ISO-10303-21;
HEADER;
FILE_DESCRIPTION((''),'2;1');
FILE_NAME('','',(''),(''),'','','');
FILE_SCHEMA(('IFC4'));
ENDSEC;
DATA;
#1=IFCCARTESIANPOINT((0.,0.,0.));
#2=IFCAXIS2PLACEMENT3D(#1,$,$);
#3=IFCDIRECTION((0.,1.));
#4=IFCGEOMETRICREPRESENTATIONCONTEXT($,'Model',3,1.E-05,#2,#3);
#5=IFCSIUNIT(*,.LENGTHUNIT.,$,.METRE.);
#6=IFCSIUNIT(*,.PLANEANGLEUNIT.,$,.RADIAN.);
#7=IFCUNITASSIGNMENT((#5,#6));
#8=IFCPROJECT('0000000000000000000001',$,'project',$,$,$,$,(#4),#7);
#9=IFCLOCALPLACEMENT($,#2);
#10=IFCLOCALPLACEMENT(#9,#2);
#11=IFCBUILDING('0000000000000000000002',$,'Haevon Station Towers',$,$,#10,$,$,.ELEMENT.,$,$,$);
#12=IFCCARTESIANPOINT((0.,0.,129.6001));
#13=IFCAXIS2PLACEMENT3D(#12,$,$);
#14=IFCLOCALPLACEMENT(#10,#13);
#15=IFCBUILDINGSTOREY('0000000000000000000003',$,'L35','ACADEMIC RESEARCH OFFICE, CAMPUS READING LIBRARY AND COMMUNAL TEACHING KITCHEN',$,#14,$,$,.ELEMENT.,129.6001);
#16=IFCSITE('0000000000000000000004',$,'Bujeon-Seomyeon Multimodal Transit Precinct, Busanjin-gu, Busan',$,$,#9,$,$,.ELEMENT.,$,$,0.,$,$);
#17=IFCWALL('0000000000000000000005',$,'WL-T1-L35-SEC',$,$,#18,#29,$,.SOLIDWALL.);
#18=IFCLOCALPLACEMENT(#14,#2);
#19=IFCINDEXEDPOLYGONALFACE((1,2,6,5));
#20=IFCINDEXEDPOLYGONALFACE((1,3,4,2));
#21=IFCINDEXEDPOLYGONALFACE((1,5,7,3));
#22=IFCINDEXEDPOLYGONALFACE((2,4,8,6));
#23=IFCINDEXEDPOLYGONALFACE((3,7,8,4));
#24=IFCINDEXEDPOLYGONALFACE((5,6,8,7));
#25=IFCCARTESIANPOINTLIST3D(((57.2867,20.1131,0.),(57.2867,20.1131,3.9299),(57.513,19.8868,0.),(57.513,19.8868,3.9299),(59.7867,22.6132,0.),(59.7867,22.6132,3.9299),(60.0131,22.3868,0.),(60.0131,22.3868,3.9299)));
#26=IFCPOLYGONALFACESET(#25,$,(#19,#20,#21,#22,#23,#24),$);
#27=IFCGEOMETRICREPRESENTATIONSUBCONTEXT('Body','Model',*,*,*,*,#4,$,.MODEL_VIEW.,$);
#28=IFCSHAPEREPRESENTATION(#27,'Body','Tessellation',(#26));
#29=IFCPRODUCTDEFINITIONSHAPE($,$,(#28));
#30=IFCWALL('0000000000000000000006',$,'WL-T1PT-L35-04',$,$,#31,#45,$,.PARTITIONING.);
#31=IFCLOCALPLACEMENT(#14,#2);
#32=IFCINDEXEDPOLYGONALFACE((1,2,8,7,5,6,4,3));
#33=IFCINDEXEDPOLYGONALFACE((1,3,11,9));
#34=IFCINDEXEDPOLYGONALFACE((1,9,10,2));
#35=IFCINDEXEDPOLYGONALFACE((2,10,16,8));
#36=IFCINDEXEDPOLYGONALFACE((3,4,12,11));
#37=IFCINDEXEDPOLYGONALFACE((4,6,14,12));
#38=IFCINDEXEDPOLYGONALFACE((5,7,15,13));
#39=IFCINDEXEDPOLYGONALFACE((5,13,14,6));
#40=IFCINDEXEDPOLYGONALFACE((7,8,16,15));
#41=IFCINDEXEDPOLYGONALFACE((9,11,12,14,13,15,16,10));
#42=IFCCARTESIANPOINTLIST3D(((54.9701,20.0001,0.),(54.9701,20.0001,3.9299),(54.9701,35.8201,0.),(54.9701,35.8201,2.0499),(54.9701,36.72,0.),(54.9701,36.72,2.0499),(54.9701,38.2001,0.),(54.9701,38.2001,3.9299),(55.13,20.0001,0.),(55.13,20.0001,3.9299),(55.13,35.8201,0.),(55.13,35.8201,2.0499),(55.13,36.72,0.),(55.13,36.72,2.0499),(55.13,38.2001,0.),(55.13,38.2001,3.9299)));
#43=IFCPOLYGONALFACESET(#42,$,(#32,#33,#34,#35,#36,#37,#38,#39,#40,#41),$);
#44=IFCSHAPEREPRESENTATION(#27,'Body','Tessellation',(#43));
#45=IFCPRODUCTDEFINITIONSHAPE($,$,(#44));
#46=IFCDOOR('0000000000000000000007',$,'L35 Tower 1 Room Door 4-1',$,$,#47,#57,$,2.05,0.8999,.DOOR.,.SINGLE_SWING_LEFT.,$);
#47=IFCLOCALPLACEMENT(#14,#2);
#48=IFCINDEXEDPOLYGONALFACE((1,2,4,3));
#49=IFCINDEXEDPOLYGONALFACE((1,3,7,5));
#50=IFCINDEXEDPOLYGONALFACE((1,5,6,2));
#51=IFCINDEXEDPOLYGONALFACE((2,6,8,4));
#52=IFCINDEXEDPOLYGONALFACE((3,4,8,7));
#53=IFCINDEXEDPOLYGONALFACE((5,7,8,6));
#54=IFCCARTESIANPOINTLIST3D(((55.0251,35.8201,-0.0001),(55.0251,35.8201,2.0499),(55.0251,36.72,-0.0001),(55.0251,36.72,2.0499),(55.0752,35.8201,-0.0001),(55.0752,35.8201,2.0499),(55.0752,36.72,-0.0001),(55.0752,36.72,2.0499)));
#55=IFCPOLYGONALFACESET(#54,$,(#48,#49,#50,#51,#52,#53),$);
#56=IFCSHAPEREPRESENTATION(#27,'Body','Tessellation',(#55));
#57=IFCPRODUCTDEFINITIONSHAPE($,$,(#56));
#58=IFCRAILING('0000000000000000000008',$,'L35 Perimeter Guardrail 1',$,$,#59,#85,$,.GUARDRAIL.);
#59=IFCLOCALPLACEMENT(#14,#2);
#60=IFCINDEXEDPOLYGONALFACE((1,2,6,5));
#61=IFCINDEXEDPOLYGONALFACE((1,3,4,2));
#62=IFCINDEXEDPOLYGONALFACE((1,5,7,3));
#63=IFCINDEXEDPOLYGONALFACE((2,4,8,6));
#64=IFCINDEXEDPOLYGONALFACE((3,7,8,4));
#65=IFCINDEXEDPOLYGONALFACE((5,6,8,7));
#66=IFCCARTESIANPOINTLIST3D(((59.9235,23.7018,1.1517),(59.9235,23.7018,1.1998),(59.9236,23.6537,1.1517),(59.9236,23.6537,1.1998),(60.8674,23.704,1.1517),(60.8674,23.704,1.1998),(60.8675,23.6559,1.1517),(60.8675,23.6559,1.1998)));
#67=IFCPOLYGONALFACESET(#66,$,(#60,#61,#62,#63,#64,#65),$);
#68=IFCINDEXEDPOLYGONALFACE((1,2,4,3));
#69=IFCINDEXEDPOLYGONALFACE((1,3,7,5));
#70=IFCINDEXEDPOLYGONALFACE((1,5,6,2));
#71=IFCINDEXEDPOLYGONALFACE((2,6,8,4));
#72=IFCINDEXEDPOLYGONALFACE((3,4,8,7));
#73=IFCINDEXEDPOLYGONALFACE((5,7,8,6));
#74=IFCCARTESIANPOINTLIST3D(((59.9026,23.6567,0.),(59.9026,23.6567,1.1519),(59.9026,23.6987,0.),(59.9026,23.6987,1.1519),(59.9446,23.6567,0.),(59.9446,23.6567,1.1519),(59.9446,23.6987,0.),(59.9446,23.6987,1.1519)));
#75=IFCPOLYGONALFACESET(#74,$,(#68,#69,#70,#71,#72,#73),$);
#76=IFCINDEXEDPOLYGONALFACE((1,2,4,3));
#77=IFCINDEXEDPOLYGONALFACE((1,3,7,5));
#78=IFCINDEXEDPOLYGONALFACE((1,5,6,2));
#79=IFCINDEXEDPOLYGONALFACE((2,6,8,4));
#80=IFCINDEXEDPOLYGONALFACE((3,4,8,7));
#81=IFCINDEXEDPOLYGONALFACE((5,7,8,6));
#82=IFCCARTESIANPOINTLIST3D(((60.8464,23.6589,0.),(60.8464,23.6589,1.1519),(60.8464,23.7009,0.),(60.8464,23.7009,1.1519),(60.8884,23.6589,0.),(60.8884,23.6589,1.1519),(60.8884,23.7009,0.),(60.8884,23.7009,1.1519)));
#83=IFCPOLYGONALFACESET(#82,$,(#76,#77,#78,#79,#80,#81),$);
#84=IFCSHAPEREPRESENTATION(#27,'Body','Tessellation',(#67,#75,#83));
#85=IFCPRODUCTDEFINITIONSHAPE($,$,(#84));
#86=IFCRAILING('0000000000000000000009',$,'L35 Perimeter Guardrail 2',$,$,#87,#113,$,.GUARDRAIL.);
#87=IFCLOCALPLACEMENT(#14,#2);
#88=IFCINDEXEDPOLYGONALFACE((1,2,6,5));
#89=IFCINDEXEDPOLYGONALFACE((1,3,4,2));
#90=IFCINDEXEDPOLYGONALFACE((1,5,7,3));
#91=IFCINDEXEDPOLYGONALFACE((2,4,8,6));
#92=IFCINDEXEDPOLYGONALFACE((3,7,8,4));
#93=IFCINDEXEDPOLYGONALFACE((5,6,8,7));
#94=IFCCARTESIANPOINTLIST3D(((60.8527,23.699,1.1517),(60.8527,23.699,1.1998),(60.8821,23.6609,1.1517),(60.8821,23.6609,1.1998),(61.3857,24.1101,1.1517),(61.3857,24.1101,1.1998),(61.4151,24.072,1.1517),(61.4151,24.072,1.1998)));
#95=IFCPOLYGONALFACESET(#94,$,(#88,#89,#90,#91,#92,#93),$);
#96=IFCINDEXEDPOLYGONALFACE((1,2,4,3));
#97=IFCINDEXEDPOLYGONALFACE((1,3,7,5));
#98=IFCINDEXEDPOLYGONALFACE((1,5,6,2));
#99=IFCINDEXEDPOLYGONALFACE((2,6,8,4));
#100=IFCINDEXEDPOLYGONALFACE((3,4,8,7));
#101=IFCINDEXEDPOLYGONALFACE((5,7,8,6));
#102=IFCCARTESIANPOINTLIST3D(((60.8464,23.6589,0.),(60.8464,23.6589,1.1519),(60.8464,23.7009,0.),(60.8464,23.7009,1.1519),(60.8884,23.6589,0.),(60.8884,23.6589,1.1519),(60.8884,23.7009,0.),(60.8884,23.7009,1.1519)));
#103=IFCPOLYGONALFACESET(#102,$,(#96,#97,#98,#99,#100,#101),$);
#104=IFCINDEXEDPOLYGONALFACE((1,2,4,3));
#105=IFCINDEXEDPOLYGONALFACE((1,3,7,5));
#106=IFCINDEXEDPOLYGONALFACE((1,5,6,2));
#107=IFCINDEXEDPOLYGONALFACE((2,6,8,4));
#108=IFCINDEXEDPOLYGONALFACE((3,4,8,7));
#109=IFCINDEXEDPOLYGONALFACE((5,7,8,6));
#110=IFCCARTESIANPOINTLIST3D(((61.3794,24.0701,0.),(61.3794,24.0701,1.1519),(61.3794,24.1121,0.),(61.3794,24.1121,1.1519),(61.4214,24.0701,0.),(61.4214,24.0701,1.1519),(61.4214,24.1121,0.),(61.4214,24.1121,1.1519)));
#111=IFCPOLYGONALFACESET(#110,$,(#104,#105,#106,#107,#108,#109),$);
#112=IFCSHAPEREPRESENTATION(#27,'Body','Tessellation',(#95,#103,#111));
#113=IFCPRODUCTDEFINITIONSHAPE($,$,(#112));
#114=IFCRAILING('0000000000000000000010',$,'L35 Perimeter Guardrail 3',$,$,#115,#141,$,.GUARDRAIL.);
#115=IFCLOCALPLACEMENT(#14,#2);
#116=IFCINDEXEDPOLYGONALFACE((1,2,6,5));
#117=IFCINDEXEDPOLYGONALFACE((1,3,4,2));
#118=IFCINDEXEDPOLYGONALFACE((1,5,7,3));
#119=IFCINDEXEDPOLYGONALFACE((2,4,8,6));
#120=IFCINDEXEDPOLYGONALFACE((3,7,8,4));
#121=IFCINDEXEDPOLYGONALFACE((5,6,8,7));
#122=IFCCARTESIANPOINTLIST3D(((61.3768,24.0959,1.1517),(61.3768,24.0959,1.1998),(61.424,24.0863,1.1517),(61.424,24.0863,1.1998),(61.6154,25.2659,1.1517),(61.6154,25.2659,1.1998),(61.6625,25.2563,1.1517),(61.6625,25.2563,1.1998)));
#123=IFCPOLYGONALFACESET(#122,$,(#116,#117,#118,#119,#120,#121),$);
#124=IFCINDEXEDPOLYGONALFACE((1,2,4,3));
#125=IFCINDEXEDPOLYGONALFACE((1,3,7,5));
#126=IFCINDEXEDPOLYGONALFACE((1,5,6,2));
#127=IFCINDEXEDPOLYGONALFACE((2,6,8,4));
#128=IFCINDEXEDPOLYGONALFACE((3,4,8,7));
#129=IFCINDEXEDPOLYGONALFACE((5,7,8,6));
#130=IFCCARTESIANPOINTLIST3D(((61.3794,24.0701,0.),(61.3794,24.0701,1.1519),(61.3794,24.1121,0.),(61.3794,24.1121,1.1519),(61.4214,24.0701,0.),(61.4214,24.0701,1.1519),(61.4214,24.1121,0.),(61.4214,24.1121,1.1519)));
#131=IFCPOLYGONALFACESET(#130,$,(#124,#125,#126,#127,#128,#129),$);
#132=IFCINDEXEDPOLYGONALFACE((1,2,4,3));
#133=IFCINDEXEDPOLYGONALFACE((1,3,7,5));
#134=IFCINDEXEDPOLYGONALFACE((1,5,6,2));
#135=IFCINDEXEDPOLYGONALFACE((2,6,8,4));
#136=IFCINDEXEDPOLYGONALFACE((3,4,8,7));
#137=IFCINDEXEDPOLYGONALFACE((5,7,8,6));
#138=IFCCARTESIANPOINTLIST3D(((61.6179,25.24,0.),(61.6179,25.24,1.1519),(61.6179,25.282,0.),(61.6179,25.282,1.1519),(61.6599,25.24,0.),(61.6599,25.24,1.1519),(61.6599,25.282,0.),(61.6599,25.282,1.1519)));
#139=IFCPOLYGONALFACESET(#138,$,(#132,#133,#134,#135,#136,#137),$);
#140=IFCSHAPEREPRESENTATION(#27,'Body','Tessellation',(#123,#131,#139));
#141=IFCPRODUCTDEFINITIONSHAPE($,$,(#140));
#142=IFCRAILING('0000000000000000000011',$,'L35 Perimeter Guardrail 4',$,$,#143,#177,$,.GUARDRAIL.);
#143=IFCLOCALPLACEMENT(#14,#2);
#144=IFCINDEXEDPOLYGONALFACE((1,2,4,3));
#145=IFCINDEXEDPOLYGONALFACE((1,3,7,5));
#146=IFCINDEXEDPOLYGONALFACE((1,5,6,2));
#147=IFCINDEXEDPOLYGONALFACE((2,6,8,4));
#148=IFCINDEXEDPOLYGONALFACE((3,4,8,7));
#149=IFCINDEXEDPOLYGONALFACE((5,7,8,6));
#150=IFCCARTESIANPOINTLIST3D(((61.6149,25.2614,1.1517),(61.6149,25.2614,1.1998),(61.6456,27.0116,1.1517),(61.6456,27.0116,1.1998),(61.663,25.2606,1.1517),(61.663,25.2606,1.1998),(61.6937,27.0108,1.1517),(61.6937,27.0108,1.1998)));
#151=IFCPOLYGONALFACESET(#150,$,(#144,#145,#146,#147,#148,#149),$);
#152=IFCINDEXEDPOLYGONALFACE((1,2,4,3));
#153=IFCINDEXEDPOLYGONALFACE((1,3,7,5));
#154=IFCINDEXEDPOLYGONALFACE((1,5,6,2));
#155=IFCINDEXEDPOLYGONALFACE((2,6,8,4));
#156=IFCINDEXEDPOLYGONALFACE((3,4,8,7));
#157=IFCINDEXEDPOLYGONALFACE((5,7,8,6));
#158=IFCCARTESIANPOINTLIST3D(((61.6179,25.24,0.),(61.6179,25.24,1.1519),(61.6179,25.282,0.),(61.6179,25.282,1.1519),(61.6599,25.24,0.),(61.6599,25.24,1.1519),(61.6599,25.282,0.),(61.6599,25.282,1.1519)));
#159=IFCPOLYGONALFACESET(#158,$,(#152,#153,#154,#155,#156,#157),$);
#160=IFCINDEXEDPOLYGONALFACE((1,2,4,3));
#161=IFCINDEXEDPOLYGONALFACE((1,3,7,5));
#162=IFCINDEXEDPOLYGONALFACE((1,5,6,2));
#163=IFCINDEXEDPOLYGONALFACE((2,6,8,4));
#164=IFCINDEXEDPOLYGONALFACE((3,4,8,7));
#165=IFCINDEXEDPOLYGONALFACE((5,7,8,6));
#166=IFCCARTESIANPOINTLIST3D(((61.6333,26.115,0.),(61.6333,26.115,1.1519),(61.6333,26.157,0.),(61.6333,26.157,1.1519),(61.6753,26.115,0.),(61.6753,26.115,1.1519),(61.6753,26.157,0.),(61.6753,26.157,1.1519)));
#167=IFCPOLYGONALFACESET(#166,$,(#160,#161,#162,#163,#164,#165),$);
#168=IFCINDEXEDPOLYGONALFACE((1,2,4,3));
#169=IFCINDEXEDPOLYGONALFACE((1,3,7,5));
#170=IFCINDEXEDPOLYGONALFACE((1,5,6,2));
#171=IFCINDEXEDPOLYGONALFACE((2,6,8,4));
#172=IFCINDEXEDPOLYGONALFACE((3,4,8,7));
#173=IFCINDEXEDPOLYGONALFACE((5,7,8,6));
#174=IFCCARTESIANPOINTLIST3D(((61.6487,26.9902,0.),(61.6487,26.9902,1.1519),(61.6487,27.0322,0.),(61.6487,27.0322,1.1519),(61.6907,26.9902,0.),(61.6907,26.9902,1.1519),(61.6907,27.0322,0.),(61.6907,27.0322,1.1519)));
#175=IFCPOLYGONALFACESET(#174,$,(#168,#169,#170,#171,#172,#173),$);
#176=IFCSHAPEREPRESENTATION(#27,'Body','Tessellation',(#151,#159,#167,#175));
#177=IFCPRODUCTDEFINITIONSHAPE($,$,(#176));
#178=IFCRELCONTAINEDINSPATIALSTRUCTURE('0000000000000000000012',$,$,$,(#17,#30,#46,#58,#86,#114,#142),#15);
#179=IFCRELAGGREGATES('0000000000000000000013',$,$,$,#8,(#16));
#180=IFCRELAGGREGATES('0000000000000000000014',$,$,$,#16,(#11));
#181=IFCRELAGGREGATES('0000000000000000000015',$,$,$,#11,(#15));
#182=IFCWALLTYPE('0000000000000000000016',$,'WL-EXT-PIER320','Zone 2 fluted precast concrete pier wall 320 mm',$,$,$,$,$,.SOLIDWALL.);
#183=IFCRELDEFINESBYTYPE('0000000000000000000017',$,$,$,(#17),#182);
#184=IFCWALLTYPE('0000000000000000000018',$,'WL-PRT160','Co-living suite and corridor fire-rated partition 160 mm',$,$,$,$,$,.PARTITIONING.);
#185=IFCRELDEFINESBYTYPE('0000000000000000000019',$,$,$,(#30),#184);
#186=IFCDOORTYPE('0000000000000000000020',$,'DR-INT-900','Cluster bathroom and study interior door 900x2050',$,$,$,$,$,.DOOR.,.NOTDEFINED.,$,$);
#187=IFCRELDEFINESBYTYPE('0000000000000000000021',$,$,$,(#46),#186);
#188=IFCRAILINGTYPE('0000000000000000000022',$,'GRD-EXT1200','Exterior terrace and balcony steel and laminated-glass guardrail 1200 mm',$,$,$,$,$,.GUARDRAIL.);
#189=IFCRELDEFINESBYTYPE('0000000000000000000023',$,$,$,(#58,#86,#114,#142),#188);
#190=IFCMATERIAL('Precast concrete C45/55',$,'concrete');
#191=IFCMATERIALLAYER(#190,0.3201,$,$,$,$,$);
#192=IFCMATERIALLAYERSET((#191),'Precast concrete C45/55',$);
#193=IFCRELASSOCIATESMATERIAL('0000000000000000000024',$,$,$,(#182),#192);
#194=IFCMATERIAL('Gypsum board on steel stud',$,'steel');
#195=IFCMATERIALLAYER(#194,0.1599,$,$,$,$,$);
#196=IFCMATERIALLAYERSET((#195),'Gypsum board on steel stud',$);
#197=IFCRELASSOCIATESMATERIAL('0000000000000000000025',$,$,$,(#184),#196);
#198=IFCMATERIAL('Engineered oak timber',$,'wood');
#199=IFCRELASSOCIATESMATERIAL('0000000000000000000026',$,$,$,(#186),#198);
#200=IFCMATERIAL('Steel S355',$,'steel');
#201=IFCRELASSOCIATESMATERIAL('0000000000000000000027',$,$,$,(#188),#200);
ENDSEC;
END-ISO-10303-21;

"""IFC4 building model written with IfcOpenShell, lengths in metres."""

from ifc_helpers import new_model, si_unit, direction, frame, frame_2d, origin, origin_2d, place, context, subcontext, project, spatial, rectangle, extrude, material, layer, layer_set, type_object, element, fill, save


model = new_model("IFC4")

# Units and contexts
model_context = context("Model", 3, precision=1e-05, world=origin(), true_north=direction((0.0, 1.0)))
body_context = subcontext(model_context, "Body", "Model", "MODEL_VIEW")
ifc_project = project(units=[si_unit("LENGTHUNIT", "METRE"), si_unit("PLANEANGLEUNIT", "RADIAN")], contexts=[model_context])

# Site, building, storey
site_placement = place(None, origin())
site = spatial("IfcSite", under=ifc_project, at=site_placement, Name="Bujeon-Seomyeon Multimodal Transit Precinct, Busanjin-gu, Busan", CompositionType="ELEMENT", RefElevation=0.0)
building_placement = place(site_placement, origin())
building = spatial("IfcBuilding", under=site, at=building_placement, Name="Haevon Station Towers", CompositionType="ELEMENT")
storey_placement = place(building_placement, frame((0.0, 0.0, 129.6001)))
storey = spatial("IfcBuildingStorey", under=building, at=storey_placement, Name="L35", Description="ACADEMIC RESEARCH OFFICE, CAMPUS READING LIBRARY AND COMMUNAL TEACHING KITCHEN", CompositionType="ELEMENT", Elevation=129.6001)

# Shared definitions
ifc_material_1 = material(Name="Precast concrete C45/55", Category="concrete")
ifc_layer_1 = layer(ifc_material_1, 0.3201)
ifc_layer_set_1 = layer_set([ifc_layer_1], Name="Precast concrete C45/55")
wall_type_1 = type_object("IfcWallType", Name="WL-EXT-PIER320", Description="Zone 2 fluted precast concrete pier wall 320 mm", PredefinedType="SOLIDWALL", material=ifc_layer_set_1)

# Wall
wall_1_placement = place(storey_placement, frame((59.8999, 22.5, 0.0), z_axis=(0.0, 0.0, 1.0), x_axis=(-0.707107, -0.707107, 0.0)))
element("IfcWall", 1, at=wall_1_placement, inside=storey, type_object=wall_type_1, Name="WL-T1-L35-SEC", PredefinedType="SOLIDWALL", context=body_context, shape_type="SweptSolid", body=[
    extrude(rectangle(XDim=3.5356, YDim=0.3201, at=frame_2d((1.7678, 0.0))), origin(), (0.0, 0.0, 1.0), 3.9299),
])

# Wall, opening, door
ifc_material_2 = material(Name="Gypsum board on steel stud", Category="steel")
ifc_layer_2 = layer(ifc_material_2, 0.1599)
ifc_layer_set_2 = layer_set([ifc_layer_2], Name="Gypsum board on steel stud")
wall_type_2 = type_object("IfcWallType", Name="WL-PRT160", Description="Co-living suite and corridor fire-rated partition 160 mm", PredefinedType="PARTITIONING", material=ifc_layer_set_2)
wall_2_placement = place(storey_placement, frame((55.05, 20.0, 0.0), z_axis=(0.0, 0.0, 1.0), x_axis=(0.0, 1.0, 0.0)))
wall_2 = element("IfcWall", 2, at=wall_2_placement, inside=storey, type_object=wall_type_2, Name="WL-T1PT-L35-04", PredefinedType="PARTITIONING", context=body_context, shape_type="SweptSolid", body=[
    extrude(rectangle(XDim=18.2, YDim=0.1599, at=frame_2d((9.1001, 0.0))), origin(), (0.0, 0.0, 1.0), 3.9299),
])
opening_1_placement = place(wall_2_placement, frame((15.8201, 0.0, 0.0)))
opening_1 = element("IfcOpeningElement", 3, at=opening_1_placement, cuts=wall_2, PredefinedType="OPENING", context=body_context, shape_type="SweptSolid", body=[
    extrude(rectangle(XDim=0.8999, YDim=2.05, at=frame_2d((0.45, 1.0249))), frame((0.0, 0.0898, 0.0), z_axis=(0.0, -1.0, 0.0), x_axis=(1.0, 0.0, 0.0)), (0.0, 0.0, 1.0), 0.1799),
])
ifc_material_3 = material(Name="Engineered oak timber", Category="wood")
door_type = type_object("IfcDoorType", Name="DR-INT-900", Description="Cluster bathroom and study interior door 900x2050", OperationType="NOTDEFINED", PredefinedType="DOOR", material=ifc_material_3)
door_placement = place(opening_1_placement, origin())
door = element("IfcDoor", 4, at=door_placement, inside=storey, type_object=door_type, Name="L35 Tower 1 Room Door 4-1", OperationType="SINGLE_SWING_LEFT", OverallHeight=2.05, OverallWidth=0.8999, PredefinedType="DOOR", context=body_context, shape_type="SweptSolid", body=[
    extrude(rectangle(XDim=0.8999, YDim=2.05, at=frame_2d((0.45, 1.0249))), frame((0.0, 0.0249, 0.0), z_axis=(0.0, -1.0, 0.0), x_axis=(1.0, 0.0, 0.0)), (0.0, 0.0, 1.0), 0.05),
])
fill(opening_1, door)

# Railings
ifc_material_4 = material(Name="Steel S355", Category="steel")
railing_type = type_object("IfcRailingType", Name="GRD-EXT1200", Description="Exterior terrace and balcony steel and laminated-glass guardrail 1200 mm", PredefinedType="GUARDRAIL", material=ifc_material_4)
railing_1_placement = place(storey_placement, frame((59.9236, 23.6777, 0.0)))
element("IfcRailing", 5, at=railing_1_placement, inside=storey, type_object=railing_type, Name="L35 Perimeter Guardrail 1", PredefinedType="GUARDRAIL", context=body_context, shape_type="SweptSolid", body=[
    extrude(rectangle(XDim=0.0481, YDim=0.0481, at=origin_2d()), frame((0.0, 0.0, 1.1758), z_axis=(0.999997, 0.002328, 0.0), x_axis=(-0.002328, 0.999997, 0.0)), (0.0, 0.0, 1.0), 0.9438),
    extrude(rectangle(XDim=0.042, YDim=0.042, at=origin_2d()), origin(), (0.0, 0.0, 1.0), 1.1519),
    extrude(rectangle(XDim=0.042, YDim=0.042, at=origin_2d()), frame((0.9438, 0.0022, 0.0)), (0.0, 0.0, 1.0), 1.1519),
])
railing_2_placement = place(storey_placement, frame((60.8674, 23.6799, 0.0)))
element("IfcRailing", 6, at=railing_2_placement, inside=storey, type_object=railing_type, Name="L35 Perimeter Guardrail 2", PredefinedType="GUARDRAIL", context=body_context, shape_type="SweptSolid", body=[
    extrude(rectangle(XDim=0.0481, YDim=0.0481, at=origin_2d()), frame((0.0, 0.0, 1.1758), z_axis=(0.791787, 0.610797, 0.0), x_axis=(-0.610797, 0.791787, 0.0)), (0.0, 0.0, 1.0), 0.6731),
    extrude(rectangle(XDim=0.042, YDim=0.042, at=origin_2d()), origin(), (0.0, 0.0, 1.0), 1.1519),
    extrude(rectangle(XDim=0.042, YDim=0.042, at=origin_2d()), frame((0.533, 0.4111, 0.0)), (0.0, 0.0, 1.0), 1.1519),
])
railing_3_placement = place(storey_placement, frame((61.4004, 24.0911, 0.0)))
element("IfcRailing", 7, at=railing_3_placement, inside=storey, type_object=railing_type, Name="L35 Perimeter Guardrail 3", PredefinedType="GUARDRAIL", context=body_context, shape_type="SweptSolid", body=[
    extrude(rectangle(XDim=0.0481, YDim=0.0481, at=origin_2d()), frame((0.0, 0.0, 1.1758), z_axis=(0.199772, 0.979842, 0.0), x_axis=(-0.979842, 0.199772, 0.0)), (0.0, 0.0, 1.0), 1.1941),
    extrude(rectangle(XDim=0.042, YDim=0.042, at=origin_2d()), origin(), (0.0, 0.0, 1.0), 1.1519),
    extrude(rectangle(XDim=0.042, YDim=0.042, at=origin_2d()), frame((0.2385, 1.1699, 0.0)), (0.0, 0.0, 1.0), 1.1519),
])
railing_4_placement = place(storey_placement, frame((61.6389, 25.261, 0.0)))
element("IfcRailing", 8, at=railing_4_placement, inside=storey, type_object=railing_type, Name="L35 Perimeter Guardrail 4", PredefinedType="GUARDRAIL", context=body_context, shape_type="SweptSolid", body=[
    extrude(rectangle(XDim=0.0481, YDim=0.0481, at=origin_2d()), frame((0.0, 0.0, 1.1758), z_axis=(0.017573, 0.999846, 0.0), x_axis=(-0.999846, 0.017573, 0.0)), (0.0, 0.0, 1.0), 1.7505),
    extrude(rectangle(XDim=0.042, YDim=0.042, at=origin_2d()), origin(), (0.0, 0.0, 1.0), 1.1519),
    extrude(rectangle(XDim=0.042, YDim=0.042, at=origin_2d()), frame((0.0154, 0.875, 0.0)), (0.0, 0.0, 1.0), 1.1519),
    extrude(rectangle(XDim=0.042, YDim=0.042, at=origin_2d()), frame((0.0308, 1.7502, 0.0)), (0.0, 0.0, 1.0), 1.1519),
])

save(model, "model.ifc")
